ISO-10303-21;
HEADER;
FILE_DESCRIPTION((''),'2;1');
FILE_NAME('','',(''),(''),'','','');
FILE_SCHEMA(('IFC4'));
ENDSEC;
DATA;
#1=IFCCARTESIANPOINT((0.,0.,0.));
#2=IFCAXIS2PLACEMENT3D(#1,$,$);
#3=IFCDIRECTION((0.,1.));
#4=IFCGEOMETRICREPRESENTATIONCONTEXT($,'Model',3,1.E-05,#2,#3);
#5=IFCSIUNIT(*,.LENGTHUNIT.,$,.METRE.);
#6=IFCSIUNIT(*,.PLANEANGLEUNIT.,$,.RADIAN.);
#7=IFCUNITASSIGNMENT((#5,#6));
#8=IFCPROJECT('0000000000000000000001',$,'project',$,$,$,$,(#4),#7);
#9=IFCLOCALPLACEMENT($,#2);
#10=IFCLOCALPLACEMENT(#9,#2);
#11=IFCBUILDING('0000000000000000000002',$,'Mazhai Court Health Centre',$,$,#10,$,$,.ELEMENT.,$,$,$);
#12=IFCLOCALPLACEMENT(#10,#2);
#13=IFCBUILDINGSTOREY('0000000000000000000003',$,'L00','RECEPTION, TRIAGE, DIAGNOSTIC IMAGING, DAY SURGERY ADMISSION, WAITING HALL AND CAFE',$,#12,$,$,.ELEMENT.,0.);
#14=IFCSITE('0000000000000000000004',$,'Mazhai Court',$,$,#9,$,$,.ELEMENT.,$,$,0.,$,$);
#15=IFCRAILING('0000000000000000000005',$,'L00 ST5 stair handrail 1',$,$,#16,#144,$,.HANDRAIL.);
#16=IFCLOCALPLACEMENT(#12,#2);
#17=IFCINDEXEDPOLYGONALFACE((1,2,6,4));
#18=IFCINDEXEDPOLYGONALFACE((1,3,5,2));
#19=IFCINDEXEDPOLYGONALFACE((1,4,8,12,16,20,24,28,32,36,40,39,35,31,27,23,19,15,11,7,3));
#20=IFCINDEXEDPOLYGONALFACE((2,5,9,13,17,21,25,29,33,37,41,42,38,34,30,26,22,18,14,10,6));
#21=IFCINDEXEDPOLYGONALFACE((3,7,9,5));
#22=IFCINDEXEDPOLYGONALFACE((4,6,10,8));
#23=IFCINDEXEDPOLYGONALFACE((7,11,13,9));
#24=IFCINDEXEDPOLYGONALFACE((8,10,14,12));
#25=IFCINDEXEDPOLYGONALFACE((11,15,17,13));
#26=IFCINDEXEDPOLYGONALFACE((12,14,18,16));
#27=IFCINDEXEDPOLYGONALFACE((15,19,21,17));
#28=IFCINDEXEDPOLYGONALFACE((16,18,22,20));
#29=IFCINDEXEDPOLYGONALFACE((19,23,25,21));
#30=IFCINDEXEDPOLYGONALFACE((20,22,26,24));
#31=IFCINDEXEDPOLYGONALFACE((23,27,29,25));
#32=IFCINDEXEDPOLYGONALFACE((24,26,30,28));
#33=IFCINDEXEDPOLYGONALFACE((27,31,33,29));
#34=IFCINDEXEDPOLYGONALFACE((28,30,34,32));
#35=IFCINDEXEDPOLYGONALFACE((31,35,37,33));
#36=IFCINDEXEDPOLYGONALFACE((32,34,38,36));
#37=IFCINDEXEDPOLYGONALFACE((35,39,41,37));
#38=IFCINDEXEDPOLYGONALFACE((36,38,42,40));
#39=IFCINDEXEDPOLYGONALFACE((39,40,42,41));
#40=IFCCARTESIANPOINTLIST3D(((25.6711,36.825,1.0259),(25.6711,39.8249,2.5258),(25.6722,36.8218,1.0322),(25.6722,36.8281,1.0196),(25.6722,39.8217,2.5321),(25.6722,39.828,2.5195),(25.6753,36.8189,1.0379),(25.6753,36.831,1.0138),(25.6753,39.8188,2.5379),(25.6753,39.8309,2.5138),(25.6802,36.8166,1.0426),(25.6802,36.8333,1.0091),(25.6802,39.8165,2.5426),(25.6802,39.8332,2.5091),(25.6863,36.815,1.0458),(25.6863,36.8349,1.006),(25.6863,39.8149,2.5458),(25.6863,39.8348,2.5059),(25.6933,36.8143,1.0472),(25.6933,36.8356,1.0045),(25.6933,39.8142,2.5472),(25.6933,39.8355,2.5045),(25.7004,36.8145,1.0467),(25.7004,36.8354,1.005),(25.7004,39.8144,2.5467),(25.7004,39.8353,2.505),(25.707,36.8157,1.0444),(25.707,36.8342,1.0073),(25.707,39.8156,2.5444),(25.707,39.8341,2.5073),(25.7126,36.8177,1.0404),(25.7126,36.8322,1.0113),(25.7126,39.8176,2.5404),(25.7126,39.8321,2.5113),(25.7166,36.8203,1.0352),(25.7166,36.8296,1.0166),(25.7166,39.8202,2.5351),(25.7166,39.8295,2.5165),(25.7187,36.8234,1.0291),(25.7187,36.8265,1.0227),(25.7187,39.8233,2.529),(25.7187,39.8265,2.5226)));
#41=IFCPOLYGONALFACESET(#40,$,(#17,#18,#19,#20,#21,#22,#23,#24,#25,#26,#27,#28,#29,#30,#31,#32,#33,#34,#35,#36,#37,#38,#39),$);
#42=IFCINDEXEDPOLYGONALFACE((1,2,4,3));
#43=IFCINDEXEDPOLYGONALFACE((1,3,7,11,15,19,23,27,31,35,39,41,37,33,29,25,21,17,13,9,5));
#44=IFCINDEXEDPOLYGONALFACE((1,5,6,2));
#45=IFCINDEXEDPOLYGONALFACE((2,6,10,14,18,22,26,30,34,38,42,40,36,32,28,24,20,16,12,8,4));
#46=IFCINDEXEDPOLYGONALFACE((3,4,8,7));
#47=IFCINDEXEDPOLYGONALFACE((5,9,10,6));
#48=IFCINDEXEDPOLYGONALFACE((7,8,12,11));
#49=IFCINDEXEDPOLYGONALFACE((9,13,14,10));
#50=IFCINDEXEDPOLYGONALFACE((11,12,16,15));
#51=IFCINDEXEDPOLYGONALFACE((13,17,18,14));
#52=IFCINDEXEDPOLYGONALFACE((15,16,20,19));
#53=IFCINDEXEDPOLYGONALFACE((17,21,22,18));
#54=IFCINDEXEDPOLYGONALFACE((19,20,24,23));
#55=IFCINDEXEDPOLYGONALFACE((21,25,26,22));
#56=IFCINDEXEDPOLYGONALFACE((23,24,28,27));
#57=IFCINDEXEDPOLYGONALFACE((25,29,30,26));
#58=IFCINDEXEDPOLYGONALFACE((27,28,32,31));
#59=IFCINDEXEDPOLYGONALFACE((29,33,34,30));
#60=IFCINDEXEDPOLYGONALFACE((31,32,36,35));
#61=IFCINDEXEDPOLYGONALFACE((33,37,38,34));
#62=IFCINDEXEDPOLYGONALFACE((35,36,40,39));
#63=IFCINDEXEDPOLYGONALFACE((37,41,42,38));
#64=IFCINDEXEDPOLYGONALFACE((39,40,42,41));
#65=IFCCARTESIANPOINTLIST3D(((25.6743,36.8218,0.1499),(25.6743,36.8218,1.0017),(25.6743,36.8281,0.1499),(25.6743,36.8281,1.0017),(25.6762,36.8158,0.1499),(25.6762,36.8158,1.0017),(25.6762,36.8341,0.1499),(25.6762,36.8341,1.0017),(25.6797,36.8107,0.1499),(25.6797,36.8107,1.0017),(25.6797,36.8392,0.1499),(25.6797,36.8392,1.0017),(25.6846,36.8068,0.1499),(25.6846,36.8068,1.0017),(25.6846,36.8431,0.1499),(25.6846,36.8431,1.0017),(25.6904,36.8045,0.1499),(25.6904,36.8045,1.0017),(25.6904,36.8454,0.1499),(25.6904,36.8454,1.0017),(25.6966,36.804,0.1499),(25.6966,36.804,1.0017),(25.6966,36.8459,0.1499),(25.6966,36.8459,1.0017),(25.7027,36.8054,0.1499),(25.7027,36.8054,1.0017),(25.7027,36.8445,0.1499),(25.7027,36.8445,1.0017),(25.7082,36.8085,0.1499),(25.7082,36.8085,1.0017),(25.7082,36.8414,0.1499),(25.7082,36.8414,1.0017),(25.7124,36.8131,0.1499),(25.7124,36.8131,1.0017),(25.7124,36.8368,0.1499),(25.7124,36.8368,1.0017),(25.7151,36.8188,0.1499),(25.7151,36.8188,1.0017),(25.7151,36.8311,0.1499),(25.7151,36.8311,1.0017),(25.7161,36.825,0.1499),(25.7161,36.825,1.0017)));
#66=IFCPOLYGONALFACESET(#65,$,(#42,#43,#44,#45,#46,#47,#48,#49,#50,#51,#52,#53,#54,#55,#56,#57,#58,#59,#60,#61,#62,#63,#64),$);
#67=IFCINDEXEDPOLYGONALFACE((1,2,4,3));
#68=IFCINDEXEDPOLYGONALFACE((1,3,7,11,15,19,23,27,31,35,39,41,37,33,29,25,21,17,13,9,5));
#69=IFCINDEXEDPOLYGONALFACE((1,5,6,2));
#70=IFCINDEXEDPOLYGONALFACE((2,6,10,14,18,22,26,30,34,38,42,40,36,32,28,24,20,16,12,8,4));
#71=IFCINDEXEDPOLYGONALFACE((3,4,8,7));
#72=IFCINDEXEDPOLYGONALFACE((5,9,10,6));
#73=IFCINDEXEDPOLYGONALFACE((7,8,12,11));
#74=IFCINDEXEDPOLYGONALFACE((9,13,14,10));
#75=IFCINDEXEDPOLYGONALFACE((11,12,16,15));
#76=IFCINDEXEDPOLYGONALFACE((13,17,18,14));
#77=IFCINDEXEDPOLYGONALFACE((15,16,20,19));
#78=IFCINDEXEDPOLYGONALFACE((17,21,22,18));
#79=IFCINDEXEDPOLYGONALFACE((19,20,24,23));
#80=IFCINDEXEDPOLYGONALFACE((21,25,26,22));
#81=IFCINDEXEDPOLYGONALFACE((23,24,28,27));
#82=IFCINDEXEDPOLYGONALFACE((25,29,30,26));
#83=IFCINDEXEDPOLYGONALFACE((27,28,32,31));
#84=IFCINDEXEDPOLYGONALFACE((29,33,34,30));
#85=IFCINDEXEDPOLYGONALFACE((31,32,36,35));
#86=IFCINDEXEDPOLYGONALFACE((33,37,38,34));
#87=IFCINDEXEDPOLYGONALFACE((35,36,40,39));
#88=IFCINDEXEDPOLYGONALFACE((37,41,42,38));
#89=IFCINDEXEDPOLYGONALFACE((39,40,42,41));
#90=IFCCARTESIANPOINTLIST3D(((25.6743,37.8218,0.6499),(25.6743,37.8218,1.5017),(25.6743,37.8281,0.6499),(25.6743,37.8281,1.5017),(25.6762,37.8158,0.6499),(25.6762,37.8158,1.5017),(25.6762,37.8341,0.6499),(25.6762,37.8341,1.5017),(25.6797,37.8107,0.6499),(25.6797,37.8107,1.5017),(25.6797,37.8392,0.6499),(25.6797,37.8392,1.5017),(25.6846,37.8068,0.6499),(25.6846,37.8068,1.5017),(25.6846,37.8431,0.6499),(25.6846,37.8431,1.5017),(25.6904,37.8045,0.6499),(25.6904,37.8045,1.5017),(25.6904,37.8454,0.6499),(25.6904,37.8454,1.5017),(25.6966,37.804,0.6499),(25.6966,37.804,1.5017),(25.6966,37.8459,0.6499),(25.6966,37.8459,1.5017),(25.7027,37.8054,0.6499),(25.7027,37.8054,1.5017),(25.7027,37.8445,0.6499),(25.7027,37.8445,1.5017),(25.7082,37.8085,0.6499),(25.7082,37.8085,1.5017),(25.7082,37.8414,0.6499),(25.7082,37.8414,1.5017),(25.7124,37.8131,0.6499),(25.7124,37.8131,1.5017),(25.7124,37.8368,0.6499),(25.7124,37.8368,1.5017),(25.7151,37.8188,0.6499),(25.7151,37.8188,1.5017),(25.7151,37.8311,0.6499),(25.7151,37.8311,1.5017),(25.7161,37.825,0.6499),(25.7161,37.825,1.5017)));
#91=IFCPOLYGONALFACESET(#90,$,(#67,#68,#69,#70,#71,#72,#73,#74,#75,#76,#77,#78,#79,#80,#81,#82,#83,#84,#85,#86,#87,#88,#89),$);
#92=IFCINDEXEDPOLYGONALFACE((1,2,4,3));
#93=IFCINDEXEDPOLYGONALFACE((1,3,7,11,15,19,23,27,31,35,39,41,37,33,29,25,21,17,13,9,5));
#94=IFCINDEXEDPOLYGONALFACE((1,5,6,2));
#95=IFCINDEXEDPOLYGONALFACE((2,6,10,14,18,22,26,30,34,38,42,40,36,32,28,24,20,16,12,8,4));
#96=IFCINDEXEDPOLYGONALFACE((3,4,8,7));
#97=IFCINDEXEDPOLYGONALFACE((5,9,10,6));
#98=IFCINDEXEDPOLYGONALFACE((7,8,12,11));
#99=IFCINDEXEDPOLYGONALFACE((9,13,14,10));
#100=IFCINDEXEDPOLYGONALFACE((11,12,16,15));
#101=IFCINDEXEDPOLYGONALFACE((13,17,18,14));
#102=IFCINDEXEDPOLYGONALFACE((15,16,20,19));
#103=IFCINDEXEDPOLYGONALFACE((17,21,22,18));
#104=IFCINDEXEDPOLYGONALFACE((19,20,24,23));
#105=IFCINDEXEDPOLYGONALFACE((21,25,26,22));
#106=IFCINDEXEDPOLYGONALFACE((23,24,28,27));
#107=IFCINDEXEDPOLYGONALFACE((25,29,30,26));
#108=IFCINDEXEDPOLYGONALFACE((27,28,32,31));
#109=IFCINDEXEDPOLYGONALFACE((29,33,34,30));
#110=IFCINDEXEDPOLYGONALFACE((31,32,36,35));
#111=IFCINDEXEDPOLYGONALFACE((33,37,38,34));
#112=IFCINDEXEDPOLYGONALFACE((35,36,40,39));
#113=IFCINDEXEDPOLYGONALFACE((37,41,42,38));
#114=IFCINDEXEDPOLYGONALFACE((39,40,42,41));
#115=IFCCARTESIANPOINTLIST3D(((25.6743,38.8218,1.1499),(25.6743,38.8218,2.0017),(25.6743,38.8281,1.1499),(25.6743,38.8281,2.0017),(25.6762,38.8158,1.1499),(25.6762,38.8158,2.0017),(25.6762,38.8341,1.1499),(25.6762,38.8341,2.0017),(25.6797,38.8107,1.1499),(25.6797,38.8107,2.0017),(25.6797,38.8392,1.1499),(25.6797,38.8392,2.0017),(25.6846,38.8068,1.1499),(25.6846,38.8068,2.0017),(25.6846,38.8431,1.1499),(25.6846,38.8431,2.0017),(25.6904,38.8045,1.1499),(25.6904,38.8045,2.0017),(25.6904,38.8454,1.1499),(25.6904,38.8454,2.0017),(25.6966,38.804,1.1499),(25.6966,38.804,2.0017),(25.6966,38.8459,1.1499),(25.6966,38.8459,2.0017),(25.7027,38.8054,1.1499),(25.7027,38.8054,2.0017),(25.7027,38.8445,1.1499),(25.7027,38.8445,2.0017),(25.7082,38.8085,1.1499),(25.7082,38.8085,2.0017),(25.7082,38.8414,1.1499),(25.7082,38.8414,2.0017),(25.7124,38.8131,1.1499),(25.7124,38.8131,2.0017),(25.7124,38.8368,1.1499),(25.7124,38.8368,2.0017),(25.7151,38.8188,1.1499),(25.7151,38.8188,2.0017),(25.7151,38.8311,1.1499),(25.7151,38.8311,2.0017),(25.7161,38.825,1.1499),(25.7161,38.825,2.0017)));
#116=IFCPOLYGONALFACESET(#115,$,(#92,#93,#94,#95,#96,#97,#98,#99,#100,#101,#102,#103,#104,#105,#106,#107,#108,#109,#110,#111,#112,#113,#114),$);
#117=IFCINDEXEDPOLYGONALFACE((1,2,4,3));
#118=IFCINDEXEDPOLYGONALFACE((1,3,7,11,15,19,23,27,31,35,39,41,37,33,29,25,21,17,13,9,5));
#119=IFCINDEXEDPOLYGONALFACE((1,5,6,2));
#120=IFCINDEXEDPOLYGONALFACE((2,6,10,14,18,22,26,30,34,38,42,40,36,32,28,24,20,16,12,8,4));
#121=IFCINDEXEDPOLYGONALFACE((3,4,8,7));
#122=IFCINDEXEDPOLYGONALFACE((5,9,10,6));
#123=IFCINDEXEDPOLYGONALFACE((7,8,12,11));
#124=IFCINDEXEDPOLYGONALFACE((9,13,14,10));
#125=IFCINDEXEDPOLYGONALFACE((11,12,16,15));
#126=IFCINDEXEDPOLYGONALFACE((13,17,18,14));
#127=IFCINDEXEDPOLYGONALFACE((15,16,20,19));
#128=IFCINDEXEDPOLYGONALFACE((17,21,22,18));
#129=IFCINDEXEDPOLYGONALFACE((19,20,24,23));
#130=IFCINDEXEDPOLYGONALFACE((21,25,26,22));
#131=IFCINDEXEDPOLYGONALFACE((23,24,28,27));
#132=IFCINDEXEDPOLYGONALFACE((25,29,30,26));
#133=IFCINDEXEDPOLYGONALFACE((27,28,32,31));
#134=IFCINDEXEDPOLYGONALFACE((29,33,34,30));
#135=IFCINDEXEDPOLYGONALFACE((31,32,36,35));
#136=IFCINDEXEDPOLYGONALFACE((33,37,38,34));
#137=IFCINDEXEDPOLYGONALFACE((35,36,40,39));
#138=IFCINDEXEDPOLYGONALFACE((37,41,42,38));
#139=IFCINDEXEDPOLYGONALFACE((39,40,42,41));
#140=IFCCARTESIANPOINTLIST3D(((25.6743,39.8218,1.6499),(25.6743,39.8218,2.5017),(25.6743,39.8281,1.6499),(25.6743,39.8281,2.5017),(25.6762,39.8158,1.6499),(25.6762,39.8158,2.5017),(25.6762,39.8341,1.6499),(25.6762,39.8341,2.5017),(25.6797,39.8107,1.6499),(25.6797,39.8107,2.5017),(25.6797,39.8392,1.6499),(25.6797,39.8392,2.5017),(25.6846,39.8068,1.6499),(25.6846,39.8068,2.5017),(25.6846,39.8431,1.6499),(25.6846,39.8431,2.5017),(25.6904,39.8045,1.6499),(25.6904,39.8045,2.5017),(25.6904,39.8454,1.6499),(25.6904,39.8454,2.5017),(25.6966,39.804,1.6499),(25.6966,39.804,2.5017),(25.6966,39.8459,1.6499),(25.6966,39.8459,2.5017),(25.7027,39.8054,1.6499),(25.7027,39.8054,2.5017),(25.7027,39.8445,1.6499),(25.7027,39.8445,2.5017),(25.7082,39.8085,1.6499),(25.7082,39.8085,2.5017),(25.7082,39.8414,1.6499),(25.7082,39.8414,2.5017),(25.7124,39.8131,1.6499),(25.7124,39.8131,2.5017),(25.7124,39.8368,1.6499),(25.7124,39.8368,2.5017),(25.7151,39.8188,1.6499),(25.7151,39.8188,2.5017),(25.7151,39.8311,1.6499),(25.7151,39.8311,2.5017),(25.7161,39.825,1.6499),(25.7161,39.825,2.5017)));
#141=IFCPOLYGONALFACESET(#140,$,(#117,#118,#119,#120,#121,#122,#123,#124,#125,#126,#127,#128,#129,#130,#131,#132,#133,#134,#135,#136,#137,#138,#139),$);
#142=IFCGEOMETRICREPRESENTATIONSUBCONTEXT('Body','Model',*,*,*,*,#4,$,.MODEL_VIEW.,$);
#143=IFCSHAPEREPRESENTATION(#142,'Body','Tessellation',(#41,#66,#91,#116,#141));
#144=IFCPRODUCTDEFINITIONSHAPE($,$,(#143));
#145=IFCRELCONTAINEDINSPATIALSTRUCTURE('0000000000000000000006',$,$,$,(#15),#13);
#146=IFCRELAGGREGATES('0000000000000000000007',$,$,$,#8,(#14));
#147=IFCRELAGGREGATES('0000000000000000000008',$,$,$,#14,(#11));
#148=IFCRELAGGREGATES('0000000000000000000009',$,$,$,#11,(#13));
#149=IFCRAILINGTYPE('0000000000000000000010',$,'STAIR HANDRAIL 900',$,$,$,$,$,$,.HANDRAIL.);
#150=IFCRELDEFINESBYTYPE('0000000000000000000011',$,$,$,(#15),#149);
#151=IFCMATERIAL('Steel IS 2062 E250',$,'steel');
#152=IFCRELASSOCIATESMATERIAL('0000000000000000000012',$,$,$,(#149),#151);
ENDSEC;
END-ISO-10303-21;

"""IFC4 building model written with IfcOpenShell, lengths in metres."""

from ifc_helpers import new_model, si_unit, direction, frame, origin, origin_2d, place, context, subcontext, project, spatial, circle, extrude, material, type_object, element, save


model = new_model("IFC4")

# Units and contexts
model_context = context("Model", 3, precision=1e-05, world=origin(), true_north=direction((0.0, 1.0)))
body_context = subcontext(model_context, "Body", "Model", "MODEL_VIEW")
ifc_project = project(units=[si_unit("LENGTHUNIT", "METRE"), si_unit("PLANEANGLEUNIT", "RADIAN")], contexts=[model_context])

# Site, building, storey
site_placement = place(None, origin())
site = spatial("IfcSite", under=ifc_project, at=site_placement, Name="Mazhai Court", CompositionType="ELEMENT", RefElevation=0.0)
building_placement = place(site_placement, origin())
building = spatial("IfcBuilding", under=site, at=building_placement, Name="Mazhai Court Health Centre", CompositionType="ELEMENT")
storey_placement = place(building_placement, origin())
storey = spatial("IfcBuildingStorey", under=building, at=storey_placement, Name="L00", Description="RECEPTION, TRIAGE, DIAGNOSTIC IMAGING, DAY SURGERY ADMISSION, WAITING HALL AND CAFE", CompositionType="ELEMENT", Elevation=0.0)

# Railing
ifc_material_1 = material(Name="Steel IS 2062 E250", Category="steel")
railing_type = type_object("IfcRailingType", Name="STAIR HANDRAIL 900", PredefinedType="HANDRAIL", material=ifc_material_1)
railing_1_placement = place(storey_placement, frame((25.6951, 36.825, 0.1499)))
element("IfcRailing", 1, at=railing_1_placement, inside=storey, type_object=railing_type, Name="L00 ST5 stair handrail 1", PredefinedType="HANDRAIL", context=body_context, shape_type="SweptSolid", body=[
    extrude(circle(Radius=0.0239, at=origin_2d()), frame((0.0, 0.0, 0.876), z_axis=(0.0, 0.894427, 0.447214), x_axis=(-1.0, 0.0, 0.0)), (0.0, 0.0, 1.0), 3.354),
    extrude(circle(Radius=0.021, at=origin_2d()), origin(), (0.0, 0.0, 1.0), 0.8518),
    extrude(circle(Radius=0.021, at=origin_2d()), frame((0.0, 1.0, 0.5)), (0.0, 0.0, 1.0), 0.8518),
    extrude(circle(Radius=0.021, at=origin_2d()), frame((0.0, 2.0, 1.0)), (0.0, 0.0, 1.0), 0.8518),
    extrude(circle(Radius=0.021, at=origin_2d()), frame((0.0, 3.0, 1.5)), (0.0, 0.0, 1.0), 0.8518),
])

save(model, "model.ifc")
